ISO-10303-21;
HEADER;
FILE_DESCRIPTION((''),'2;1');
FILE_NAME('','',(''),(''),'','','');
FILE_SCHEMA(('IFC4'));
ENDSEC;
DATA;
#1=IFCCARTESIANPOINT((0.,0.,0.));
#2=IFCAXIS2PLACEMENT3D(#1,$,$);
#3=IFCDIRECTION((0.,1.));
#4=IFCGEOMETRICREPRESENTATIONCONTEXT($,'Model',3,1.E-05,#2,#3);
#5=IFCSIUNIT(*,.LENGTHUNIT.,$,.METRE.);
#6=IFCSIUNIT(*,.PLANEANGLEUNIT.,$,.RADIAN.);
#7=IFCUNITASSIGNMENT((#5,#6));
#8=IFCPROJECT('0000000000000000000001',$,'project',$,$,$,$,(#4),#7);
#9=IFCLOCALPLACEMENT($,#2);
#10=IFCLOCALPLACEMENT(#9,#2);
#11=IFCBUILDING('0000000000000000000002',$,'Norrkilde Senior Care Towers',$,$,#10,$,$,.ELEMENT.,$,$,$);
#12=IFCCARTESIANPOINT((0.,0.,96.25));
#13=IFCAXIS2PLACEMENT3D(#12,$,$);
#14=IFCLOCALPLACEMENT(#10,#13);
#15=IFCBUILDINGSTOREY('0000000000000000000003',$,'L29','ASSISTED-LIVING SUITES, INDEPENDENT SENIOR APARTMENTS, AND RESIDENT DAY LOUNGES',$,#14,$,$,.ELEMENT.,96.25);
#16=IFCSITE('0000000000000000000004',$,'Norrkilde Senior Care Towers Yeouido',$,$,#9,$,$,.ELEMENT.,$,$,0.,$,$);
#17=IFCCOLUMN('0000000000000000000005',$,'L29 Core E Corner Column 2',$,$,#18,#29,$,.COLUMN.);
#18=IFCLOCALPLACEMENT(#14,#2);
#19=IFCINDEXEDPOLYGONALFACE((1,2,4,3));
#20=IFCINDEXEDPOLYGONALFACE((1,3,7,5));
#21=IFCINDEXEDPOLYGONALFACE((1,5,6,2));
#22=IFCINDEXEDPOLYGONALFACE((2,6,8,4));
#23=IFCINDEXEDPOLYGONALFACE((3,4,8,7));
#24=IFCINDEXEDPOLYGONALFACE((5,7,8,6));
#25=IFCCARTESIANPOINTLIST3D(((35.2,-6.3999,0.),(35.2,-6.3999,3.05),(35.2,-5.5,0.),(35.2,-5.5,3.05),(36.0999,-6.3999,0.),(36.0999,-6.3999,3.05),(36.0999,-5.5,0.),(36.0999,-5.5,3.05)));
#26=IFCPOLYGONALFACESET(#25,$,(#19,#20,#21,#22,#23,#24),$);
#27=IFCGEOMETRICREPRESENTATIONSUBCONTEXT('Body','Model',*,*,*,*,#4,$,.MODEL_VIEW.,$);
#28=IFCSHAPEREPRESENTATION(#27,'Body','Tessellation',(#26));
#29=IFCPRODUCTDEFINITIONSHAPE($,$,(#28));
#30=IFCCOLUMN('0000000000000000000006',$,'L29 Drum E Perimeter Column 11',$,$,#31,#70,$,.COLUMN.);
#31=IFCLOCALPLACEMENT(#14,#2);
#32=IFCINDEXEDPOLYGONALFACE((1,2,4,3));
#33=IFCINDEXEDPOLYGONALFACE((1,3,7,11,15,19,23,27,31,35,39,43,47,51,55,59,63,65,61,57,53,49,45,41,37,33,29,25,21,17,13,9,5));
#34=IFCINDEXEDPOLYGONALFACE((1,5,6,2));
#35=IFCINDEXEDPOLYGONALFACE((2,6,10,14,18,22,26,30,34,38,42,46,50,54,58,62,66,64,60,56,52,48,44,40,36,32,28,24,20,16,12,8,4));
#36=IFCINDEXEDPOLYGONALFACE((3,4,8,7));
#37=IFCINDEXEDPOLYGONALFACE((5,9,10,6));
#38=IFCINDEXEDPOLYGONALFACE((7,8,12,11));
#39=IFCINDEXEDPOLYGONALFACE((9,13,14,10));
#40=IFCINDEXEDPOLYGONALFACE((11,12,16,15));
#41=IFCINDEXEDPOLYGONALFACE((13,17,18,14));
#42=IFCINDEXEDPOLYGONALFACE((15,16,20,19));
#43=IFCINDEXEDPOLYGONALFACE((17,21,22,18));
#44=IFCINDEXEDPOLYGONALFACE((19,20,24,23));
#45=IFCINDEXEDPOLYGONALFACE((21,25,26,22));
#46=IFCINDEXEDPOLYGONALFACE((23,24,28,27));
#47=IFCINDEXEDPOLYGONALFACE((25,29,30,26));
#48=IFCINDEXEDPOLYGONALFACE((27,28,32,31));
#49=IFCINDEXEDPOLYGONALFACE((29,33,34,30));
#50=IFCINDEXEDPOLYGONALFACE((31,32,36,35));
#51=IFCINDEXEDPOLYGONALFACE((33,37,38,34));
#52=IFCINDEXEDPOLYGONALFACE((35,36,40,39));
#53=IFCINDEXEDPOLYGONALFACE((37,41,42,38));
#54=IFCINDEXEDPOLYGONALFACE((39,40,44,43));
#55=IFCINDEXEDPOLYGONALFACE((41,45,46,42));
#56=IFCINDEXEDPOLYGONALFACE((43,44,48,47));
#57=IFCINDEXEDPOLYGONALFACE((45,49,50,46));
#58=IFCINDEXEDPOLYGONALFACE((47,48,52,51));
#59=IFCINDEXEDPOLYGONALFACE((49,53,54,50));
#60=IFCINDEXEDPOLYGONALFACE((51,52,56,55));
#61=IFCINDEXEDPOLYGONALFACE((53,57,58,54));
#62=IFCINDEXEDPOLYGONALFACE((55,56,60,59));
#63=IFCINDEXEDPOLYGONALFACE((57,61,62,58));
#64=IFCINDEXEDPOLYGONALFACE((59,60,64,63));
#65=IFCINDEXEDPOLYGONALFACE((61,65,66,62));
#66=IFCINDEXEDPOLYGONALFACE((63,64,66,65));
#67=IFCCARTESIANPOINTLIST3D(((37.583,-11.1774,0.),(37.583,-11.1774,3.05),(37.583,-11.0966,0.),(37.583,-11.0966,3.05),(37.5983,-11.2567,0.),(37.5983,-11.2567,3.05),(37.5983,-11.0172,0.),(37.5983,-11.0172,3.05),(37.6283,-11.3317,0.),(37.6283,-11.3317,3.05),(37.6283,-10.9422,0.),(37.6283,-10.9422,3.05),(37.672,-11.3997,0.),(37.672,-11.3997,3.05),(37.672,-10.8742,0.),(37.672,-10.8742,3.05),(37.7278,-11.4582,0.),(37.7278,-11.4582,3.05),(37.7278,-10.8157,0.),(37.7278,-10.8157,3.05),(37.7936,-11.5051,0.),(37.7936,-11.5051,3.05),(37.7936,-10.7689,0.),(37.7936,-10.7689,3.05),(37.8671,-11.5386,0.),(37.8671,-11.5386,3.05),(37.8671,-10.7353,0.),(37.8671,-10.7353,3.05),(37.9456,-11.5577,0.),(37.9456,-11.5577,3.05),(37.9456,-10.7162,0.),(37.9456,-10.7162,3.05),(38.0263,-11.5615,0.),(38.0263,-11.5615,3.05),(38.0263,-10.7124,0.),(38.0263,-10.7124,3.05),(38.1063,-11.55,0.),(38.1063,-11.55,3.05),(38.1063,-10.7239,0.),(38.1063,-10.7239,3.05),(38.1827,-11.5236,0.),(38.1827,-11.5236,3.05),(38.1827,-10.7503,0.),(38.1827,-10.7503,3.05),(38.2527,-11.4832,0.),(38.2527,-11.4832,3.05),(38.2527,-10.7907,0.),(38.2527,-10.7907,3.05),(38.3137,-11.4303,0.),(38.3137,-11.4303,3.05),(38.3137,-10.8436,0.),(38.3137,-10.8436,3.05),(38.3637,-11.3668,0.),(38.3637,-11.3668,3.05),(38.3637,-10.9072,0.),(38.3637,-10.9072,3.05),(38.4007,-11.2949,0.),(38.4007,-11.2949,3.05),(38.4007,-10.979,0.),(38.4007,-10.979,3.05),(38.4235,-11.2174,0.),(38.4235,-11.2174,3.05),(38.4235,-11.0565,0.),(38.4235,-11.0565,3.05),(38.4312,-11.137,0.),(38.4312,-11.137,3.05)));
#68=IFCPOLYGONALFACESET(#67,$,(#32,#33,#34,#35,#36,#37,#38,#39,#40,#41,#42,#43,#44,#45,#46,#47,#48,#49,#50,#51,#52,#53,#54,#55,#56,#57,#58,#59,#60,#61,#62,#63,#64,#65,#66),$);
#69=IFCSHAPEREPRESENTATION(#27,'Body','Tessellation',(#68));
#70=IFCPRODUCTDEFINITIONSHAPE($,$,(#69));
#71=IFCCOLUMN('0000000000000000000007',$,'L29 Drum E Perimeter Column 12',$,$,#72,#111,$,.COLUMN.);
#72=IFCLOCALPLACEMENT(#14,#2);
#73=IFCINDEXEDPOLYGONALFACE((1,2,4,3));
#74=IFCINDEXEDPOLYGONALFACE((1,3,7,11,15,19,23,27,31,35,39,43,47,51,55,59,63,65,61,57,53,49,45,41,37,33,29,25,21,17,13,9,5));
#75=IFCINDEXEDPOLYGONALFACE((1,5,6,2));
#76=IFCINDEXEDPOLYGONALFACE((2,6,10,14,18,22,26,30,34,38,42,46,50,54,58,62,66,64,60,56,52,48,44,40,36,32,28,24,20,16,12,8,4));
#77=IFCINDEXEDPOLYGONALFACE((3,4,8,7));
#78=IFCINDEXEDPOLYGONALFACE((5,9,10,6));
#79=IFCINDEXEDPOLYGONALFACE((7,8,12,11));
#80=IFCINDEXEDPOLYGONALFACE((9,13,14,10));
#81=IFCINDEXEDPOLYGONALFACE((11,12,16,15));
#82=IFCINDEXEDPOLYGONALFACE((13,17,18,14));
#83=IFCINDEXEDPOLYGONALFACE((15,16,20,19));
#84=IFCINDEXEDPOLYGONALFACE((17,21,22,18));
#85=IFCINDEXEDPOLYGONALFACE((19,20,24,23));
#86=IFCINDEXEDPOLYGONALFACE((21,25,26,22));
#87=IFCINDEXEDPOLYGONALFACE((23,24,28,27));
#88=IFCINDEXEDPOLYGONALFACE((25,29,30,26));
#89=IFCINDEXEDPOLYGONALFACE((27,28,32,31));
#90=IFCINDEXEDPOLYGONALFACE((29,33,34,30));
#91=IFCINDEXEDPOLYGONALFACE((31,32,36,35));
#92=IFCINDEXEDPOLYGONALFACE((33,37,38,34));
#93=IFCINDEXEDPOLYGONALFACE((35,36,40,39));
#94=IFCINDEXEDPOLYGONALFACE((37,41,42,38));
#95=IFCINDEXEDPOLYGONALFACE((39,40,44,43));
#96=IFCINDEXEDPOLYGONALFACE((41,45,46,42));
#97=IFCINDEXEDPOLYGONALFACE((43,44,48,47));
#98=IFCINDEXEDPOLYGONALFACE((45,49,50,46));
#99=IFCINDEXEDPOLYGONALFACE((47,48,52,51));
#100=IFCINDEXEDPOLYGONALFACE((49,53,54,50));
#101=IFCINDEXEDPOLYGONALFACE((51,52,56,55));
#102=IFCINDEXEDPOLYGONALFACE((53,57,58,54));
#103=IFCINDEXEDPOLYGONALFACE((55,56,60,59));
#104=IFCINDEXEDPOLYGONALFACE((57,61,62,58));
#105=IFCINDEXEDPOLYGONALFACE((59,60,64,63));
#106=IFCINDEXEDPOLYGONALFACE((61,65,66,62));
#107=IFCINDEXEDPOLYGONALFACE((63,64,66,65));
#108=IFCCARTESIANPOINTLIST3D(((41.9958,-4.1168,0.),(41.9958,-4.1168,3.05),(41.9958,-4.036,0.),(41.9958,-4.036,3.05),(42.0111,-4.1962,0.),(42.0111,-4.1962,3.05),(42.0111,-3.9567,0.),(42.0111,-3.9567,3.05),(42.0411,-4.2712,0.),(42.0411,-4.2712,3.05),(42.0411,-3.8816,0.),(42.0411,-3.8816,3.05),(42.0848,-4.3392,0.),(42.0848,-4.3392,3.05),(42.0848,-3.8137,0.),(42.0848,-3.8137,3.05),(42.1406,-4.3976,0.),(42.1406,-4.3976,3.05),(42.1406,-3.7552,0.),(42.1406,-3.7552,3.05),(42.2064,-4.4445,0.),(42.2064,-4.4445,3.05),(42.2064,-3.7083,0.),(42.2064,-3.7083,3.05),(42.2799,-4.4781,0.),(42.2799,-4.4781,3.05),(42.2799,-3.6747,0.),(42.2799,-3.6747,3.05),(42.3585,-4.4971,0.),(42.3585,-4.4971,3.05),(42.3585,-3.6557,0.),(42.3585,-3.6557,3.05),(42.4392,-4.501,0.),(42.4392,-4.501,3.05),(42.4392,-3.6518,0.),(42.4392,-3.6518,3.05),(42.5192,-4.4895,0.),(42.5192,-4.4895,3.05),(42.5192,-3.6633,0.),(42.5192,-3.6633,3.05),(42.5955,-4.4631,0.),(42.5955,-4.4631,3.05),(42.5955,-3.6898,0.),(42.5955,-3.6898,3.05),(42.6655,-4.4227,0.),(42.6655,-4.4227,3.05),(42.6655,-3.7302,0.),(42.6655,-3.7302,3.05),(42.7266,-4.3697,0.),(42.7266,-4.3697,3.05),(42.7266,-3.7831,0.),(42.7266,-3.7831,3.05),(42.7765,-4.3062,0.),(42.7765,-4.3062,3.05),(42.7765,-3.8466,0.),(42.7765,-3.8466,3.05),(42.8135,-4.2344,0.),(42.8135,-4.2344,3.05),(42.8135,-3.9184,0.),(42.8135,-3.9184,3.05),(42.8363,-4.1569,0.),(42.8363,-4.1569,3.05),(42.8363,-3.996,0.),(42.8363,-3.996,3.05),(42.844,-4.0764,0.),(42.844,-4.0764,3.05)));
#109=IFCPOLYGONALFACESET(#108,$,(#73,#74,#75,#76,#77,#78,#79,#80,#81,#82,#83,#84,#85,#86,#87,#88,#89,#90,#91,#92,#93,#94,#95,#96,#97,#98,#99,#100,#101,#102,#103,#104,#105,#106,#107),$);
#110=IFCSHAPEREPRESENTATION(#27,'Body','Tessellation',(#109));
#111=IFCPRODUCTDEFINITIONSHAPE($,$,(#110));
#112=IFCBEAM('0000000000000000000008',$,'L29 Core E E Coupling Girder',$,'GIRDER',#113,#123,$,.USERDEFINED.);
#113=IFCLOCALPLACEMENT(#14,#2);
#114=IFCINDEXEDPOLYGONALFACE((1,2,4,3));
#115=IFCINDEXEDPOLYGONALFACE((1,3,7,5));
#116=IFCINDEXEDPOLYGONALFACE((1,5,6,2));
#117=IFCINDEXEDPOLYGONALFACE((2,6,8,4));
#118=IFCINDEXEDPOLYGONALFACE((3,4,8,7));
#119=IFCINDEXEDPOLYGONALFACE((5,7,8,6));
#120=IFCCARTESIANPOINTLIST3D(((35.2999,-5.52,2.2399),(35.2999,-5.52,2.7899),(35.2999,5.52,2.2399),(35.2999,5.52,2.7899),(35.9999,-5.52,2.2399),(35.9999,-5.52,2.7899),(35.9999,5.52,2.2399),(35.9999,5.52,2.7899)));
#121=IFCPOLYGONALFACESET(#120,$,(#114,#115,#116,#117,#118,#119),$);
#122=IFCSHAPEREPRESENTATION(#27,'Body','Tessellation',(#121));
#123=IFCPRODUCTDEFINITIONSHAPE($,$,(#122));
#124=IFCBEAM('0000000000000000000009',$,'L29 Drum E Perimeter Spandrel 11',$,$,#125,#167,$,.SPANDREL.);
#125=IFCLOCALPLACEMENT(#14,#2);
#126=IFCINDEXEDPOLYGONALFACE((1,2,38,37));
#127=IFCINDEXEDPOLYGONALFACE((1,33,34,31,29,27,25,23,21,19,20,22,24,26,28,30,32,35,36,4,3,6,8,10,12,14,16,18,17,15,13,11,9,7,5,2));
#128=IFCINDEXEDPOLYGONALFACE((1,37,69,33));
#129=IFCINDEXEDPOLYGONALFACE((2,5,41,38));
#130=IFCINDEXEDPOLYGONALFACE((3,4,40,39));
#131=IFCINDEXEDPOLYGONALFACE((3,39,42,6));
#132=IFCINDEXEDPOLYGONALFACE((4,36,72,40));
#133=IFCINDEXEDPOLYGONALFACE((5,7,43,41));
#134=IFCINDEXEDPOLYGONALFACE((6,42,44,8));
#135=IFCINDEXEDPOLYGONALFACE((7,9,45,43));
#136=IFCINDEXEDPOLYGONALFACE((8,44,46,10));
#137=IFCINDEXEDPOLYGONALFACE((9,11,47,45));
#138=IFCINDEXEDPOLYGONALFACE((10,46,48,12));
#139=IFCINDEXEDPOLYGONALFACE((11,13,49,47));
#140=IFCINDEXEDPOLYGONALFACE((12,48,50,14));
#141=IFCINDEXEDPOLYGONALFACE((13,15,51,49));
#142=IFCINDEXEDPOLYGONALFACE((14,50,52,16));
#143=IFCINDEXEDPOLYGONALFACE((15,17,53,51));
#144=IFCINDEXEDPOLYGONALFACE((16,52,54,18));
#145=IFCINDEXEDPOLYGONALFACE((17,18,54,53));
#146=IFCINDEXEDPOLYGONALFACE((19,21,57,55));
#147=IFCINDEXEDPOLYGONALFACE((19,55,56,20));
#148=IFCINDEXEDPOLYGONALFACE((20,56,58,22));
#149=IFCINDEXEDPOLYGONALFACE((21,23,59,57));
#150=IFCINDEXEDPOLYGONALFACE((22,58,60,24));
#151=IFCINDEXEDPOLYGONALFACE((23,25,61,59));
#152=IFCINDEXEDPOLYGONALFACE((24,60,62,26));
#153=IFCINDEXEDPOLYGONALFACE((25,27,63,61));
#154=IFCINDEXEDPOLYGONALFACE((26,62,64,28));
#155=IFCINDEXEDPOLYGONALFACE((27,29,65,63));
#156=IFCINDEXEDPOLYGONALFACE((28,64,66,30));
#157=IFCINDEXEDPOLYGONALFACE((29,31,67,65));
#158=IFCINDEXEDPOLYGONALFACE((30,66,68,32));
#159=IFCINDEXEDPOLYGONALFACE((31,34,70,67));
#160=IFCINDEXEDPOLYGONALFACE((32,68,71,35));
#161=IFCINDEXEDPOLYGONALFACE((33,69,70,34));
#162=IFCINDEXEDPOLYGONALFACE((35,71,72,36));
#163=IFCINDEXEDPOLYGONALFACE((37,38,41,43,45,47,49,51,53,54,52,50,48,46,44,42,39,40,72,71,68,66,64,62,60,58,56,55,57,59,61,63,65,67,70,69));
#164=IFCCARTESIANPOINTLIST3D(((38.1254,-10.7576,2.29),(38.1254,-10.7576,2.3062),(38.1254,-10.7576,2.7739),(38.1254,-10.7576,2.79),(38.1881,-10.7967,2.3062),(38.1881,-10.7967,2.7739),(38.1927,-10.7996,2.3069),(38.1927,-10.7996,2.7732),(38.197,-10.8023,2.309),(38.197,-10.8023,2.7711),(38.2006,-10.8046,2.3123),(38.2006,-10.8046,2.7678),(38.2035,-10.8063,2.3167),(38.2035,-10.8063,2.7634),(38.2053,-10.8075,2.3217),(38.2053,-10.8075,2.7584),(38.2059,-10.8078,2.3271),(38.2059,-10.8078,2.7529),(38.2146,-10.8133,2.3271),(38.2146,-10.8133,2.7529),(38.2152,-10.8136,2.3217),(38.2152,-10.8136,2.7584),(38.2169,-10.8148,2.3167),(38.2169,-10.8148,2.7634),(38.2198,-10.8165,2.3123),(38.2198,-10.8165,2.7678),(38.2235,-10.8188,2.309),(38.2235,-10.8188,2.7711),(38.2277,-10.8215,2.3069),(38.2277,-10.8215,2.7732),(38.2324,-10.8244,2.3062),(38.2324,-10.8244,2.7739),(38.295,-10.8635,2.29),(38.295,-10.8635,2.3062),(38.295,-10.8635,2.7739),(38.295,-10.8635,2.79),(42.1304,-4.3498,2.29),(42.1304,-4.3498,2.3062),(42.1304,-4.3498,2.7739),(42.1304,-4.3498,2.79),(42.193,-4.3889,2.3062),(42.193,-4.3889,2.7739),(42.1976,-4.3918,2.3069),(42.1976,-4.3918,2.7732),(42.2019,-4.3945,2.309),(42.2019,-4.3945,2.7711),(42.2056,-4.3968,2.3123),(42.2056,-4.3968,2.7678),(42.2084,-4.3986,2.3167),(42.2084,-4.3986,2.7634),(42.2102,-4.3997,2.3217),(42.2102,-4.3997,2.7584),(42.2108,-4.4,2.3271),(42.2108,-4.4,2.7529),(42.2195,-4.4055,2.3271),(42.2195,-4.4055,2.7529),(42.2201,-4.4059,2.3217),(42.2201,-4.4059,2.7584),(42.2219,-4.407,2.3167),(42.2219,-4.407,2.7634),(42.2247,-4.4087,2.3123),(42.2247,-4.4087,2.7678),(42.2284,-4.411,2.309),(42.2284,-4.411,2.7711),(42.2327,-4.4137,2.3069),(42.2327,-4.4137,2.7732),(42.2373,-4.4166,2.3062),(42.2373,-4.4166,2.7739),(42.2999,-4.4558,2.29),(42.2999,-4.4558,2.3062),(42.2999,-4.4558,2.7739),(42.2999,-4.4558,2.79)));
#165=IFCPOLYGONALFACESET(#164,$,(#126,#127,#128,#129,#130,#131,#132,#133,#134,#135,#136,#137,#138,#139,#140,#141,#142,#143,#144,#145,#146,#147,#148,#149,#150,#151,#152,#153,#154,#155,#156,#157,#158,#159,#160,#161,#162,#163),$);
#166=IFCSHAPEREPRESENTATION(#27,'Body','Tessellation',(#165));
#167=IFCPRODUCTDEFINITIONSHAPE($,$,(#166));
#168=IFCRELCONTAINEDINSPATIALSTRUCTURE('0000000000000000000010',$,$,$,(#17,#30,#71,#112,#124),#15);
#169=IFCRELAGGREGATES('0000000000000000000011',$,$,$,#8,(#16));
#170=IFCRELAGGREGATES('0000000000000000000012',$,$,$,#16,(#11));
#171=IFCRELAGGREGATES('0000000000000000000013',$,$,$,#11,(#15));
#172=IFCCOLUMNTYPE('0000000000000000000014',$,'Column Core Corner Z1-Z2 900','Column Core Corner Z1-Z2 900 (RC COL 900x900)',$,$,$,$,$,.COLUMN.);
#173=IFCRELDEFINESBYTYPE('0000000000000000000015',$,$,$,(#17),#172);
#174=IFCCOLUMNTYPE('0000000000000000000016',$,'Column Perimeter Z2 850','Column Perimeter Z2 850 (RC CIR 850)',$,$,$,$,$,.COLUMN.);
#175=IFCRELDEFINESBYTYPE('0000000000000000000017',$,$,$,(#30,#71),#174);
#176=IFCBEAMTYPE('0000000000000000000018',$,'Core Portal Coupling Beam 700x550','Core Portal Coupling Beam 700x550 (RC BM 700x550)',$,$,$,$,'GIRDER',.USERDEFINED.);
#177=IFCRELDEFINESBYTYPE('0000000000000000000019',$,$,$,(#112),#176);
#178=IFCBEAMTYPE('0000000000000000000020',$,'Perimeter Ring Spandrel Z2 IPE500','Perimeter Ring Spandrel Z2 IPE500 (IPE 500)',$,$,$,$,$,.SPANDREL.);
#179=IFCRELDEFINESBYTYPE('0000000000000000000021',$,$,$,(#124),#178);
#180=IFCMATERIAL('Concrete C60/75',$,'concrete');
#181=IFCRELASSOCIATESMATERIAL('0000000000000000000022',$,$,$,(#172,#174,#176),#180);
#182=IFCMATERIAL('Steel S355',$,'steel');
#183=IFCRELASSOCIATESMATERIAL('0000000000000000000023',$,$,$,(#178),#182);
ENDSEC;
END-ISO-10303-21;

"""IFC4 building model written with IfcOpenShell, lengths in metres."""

from ifc_helpers import new_model, si_unit, direction, frame, origin, origin_2d, place, context, subcontext, project, spatial, rectangle, circle, i_section, extrude, source, transform, mapped, material, material_profile, profile_set, type_object, type_shapes, element, save


model = new_model("IFC4")

# Units and contexts
model_context = context("Model", 3, precision=1e-05, world=origin(), true_north=direction((0.0, 1.0)))
body_context = subcontext(model_context, "Body", "Model", "MODEL_VIEW")
ifc_project = project(units=[si_unit("LENGTHUNIT", "METRE"), si_unit("PLANEANGLEUNIT", "RADIAN")], contexts=[model_context])

# Site, building, storey
site_placement = place(None, origin())
site = spatial("IfcSite", under=ifc_project, at=site_placement, Name="Norrkilde Senior Care Towers Yeouido", CompositionType="ELEMENT", RefElevation=0.0)
building_placement = place(site_placement, origin())
building = spatial("IfcBuilding", under=site, at=building_placement, Name="Norrkilde Senior Care Towers", CompositionType="ELEMENT")
storey_placement = place(building_placement, frame((0.0, 0.0, 96.25)))
storey = spatial("IfcBuildingStorey", under=building, at=storey_placement, Name="L29", Description="ASSISTED-LIVING SUITES, INDEPENDENT SENIOR APARTMENTS, AND RESIDENT DAY LOUNGES", CompositionType="ELEMENT", Elevation=96.25)

# Columns
ifc_material_1 = material(Name="Concrete C60/75", Category="concrete")
ifc_material_profile_1 = material_profile(ifc_material_1, rectangle(XDim=0.8999, YDim=0.8999, at=origin_2d()), Name="RC COL 900x900")
ifc_profile_set_1 = profile_set([ifc_material_profile_1], Name="Concrete C60/75")
column_type_1 = type_object("IfcColumnType", Name="Column Core Corner Z1-Z2 900", Description="Column Core Corner Z1-Z2 900 (RC COL 900x900)", PredefinedType="COLUMN", material=ifc_profile_set_1)
shared_shape_1 = source(origin(), body_context, "Body", "SweptSolid", [
    extrude(rectangle(XDim=0.8999, YDim=0.8999, at=origin_2d()), origin(), (0.0, 0.0, 1.0), 3.05),
])
type_shapes(column_type_1, [shared_shape_1])
column_placement = place(storey_placement, frame((35.6499, -5.95, 0.0), z_axis=(0.0, 0.0, 1.0), x_axis=(1.0, 0.0, 0.0)))
element("IfcColumn", 1, at=column_placement, inside=storey, type_object=column_type_1, Name="L29 Core E Corner Column 2", PredefinedType="COLUMN", context=body_context, shape_type="MappedRepresentation", body=[
    mapped(shared_shape_1, transform((0.0, 0.0, 0.0), x_axis=(1.0, 0.0, 0.0), y_axis=(0.0, 1.0, 0.0), z_axis=(0.0, 0.0, 1.0), scale=1.0)),
])
ifc_material_profile_2 = material_profile(ifc_material_1, circle(Radius=0.425, at=origin_2d()), Name="RC CIR 850")
ifc_profile_set_2 = profile_set([ifc_material_profile_2], Name="Concrete C60/75")
column_type_2 = type_object("IfcColumnType", Name="Column Perimeter Z2 850", Description="Column Perimeter Z2 850 (RC CIR 850)", PredefinedType="COLUMN", material=ifc_profile_set_2)
shared_shape_2 = source(origin(), body_context, "Body", "SweptSolid", [
    extrude(circle(Radius=0.425, at=origin_2d()), origin(), (0.0, 0.0, 1.0), 3.05),
])
type_shapes(column_type_2, [shared_shape_2])
for number, where, z_axis, x_axis, name in (
    (2, (38.0061, -11.137, 0.0), (0.0, 0.0, 1.0), (1.0, 0.0, 0.0), "L29 Drum E Perimeter Column 11"),
    (3, (42.4189, -4.0764, 0.0), (0.0, 0.0, 1.0), (1.0, 0.0, 0.0), "L29 Drum E Perimeter Column 12"),
):
    element("IfcColumn", number, at=place(storey_placement, frame(where, z_axis=z_axis, x_axis=x_axis)), inside=storey, type_object=column_type_2, Name=name, PredefinedType="COLUMN", context=body_context, shape_type="MappedRepresentation", body=[
        mapped(shared_shape_2, transform((0.0, 0.0, 0.0), x_axis=(1.0, 0.0, 0.0), y_axis=(0.0, 1.0, 0.0), z_axis=(0.0, 0.0, 1.0), scale=1.0)),
    ])

# Beams
ifc_material_profile_3 = material_profile(ifc_material_1, rectangle(XDim=0.7, YDim=0.55, at=origin_2d()), Name="RC BM 700x550")
ifc_profile_set_3 = profile_set([ifc_material_profile_3], Name="Concrete C60/75")
beam_type_1 = type_object("IfcBeamType", Name="Core Portal Coupling Beam 700x550", Description="Core Portal Coupling Beam 700x550 (RC BM 700x550)", ElementType="GIRDER", PredefinedType="USERDEFINED", material=ifc_profile_set_3)
shared_shape_3 = source(origin(), body_context, "Body", "SweptSolid", [
    extrude(rectangle(XDim=0.7, YDim=0.55, at=origin_2d()), origin(), (0.0, 0.0, 1.0), 11.04),
])
type_shapes(beam_type_1, [shared_shape_3])
beam_1_placement = place(storey_placement, frame((35.6499, -5.52, 2.5149), z_axis=(0.0, 1.0, 0.0), x_axis=(-1.0, 0.0, 0.0)))
element("IfcBeam", 4, at=beam_1_placement, inside=storey, type_object=beam_type_1, Name="L29 Core E E Coupling Girder", ObjectType="GIRDER", PredefinedType="USERDEFINED", context=body_context, shape_type="MappedRepresentation", body=[
    mapped(shared_shape_3, transform((0.0, 0.0, 0.0), x_axis=(1.0, 0.0, 0.0), y_axis=(0.0, 1.0, 0.0), z_axis=(0.0, 0.0, 1.0), scale=1.0)),
])
ifc_material_2 = material(Name="Steel S355", Category="steel")
ifc_material_profile_4 = material_profile(ifc_material_2, i_section(OverallWidth=0.2, OverallDepth=0.5, WebThickness=0.0103, FlangeThickness=0.0161, FilletRadius=0.021, at=origin_2d()), Name="IPE 500")
ifc_profile_set_4 = profile_set([ifc_material_profile_4], Name="Steel S355")
beam_type_2 = type_object("IfcBeamType", Name="Perimeter Ring Spandrel Z2 IPE500", Description="Perimeter Ring Spandrel Z2 IPE500 (IPE 500)", PredefinedType="SPANDREL", material=ifc_profile_set_4)
shared_shape_4 = source(origin(), body_context, "Body", "SweptSolid", [
    extrude(i_section(OverallWidth=0.2, OverallDepth=0.5, WebThickness=0.0103, FlangeThickness=0.0161, FilletRadius=0.021, at=origin_2d()), origin(), (0.0, 0.0, 1.0), 7.5564),
])
beam_2_placement = place(storey_placement, frame((38.2102, -10.8105, 2.54), z_axis=(0.530005, 0.847995, 0.0), x_axis=(-0.847995, 0.530005, 0.0)))
element("IfcBeam", 5, at=beam_2_placement, inside=storey, type_object=beam_type_2, Name="L29 Drum E Perimeter Spandrel 11", PredefinedType="SPANDREL", context=body_context, shape_type="MappedRepresentation", body=[
    mapped(shared_shape_4, transform((0.0, 0.0, 0.0), x_axis=(1.0, 0.0, 0.0), y_axis=(0.0, 1.0, 0.0), z_axis=(0.0, 0.0, 1.0), scale=1.0)),
])

save(model, "model.ifc")
